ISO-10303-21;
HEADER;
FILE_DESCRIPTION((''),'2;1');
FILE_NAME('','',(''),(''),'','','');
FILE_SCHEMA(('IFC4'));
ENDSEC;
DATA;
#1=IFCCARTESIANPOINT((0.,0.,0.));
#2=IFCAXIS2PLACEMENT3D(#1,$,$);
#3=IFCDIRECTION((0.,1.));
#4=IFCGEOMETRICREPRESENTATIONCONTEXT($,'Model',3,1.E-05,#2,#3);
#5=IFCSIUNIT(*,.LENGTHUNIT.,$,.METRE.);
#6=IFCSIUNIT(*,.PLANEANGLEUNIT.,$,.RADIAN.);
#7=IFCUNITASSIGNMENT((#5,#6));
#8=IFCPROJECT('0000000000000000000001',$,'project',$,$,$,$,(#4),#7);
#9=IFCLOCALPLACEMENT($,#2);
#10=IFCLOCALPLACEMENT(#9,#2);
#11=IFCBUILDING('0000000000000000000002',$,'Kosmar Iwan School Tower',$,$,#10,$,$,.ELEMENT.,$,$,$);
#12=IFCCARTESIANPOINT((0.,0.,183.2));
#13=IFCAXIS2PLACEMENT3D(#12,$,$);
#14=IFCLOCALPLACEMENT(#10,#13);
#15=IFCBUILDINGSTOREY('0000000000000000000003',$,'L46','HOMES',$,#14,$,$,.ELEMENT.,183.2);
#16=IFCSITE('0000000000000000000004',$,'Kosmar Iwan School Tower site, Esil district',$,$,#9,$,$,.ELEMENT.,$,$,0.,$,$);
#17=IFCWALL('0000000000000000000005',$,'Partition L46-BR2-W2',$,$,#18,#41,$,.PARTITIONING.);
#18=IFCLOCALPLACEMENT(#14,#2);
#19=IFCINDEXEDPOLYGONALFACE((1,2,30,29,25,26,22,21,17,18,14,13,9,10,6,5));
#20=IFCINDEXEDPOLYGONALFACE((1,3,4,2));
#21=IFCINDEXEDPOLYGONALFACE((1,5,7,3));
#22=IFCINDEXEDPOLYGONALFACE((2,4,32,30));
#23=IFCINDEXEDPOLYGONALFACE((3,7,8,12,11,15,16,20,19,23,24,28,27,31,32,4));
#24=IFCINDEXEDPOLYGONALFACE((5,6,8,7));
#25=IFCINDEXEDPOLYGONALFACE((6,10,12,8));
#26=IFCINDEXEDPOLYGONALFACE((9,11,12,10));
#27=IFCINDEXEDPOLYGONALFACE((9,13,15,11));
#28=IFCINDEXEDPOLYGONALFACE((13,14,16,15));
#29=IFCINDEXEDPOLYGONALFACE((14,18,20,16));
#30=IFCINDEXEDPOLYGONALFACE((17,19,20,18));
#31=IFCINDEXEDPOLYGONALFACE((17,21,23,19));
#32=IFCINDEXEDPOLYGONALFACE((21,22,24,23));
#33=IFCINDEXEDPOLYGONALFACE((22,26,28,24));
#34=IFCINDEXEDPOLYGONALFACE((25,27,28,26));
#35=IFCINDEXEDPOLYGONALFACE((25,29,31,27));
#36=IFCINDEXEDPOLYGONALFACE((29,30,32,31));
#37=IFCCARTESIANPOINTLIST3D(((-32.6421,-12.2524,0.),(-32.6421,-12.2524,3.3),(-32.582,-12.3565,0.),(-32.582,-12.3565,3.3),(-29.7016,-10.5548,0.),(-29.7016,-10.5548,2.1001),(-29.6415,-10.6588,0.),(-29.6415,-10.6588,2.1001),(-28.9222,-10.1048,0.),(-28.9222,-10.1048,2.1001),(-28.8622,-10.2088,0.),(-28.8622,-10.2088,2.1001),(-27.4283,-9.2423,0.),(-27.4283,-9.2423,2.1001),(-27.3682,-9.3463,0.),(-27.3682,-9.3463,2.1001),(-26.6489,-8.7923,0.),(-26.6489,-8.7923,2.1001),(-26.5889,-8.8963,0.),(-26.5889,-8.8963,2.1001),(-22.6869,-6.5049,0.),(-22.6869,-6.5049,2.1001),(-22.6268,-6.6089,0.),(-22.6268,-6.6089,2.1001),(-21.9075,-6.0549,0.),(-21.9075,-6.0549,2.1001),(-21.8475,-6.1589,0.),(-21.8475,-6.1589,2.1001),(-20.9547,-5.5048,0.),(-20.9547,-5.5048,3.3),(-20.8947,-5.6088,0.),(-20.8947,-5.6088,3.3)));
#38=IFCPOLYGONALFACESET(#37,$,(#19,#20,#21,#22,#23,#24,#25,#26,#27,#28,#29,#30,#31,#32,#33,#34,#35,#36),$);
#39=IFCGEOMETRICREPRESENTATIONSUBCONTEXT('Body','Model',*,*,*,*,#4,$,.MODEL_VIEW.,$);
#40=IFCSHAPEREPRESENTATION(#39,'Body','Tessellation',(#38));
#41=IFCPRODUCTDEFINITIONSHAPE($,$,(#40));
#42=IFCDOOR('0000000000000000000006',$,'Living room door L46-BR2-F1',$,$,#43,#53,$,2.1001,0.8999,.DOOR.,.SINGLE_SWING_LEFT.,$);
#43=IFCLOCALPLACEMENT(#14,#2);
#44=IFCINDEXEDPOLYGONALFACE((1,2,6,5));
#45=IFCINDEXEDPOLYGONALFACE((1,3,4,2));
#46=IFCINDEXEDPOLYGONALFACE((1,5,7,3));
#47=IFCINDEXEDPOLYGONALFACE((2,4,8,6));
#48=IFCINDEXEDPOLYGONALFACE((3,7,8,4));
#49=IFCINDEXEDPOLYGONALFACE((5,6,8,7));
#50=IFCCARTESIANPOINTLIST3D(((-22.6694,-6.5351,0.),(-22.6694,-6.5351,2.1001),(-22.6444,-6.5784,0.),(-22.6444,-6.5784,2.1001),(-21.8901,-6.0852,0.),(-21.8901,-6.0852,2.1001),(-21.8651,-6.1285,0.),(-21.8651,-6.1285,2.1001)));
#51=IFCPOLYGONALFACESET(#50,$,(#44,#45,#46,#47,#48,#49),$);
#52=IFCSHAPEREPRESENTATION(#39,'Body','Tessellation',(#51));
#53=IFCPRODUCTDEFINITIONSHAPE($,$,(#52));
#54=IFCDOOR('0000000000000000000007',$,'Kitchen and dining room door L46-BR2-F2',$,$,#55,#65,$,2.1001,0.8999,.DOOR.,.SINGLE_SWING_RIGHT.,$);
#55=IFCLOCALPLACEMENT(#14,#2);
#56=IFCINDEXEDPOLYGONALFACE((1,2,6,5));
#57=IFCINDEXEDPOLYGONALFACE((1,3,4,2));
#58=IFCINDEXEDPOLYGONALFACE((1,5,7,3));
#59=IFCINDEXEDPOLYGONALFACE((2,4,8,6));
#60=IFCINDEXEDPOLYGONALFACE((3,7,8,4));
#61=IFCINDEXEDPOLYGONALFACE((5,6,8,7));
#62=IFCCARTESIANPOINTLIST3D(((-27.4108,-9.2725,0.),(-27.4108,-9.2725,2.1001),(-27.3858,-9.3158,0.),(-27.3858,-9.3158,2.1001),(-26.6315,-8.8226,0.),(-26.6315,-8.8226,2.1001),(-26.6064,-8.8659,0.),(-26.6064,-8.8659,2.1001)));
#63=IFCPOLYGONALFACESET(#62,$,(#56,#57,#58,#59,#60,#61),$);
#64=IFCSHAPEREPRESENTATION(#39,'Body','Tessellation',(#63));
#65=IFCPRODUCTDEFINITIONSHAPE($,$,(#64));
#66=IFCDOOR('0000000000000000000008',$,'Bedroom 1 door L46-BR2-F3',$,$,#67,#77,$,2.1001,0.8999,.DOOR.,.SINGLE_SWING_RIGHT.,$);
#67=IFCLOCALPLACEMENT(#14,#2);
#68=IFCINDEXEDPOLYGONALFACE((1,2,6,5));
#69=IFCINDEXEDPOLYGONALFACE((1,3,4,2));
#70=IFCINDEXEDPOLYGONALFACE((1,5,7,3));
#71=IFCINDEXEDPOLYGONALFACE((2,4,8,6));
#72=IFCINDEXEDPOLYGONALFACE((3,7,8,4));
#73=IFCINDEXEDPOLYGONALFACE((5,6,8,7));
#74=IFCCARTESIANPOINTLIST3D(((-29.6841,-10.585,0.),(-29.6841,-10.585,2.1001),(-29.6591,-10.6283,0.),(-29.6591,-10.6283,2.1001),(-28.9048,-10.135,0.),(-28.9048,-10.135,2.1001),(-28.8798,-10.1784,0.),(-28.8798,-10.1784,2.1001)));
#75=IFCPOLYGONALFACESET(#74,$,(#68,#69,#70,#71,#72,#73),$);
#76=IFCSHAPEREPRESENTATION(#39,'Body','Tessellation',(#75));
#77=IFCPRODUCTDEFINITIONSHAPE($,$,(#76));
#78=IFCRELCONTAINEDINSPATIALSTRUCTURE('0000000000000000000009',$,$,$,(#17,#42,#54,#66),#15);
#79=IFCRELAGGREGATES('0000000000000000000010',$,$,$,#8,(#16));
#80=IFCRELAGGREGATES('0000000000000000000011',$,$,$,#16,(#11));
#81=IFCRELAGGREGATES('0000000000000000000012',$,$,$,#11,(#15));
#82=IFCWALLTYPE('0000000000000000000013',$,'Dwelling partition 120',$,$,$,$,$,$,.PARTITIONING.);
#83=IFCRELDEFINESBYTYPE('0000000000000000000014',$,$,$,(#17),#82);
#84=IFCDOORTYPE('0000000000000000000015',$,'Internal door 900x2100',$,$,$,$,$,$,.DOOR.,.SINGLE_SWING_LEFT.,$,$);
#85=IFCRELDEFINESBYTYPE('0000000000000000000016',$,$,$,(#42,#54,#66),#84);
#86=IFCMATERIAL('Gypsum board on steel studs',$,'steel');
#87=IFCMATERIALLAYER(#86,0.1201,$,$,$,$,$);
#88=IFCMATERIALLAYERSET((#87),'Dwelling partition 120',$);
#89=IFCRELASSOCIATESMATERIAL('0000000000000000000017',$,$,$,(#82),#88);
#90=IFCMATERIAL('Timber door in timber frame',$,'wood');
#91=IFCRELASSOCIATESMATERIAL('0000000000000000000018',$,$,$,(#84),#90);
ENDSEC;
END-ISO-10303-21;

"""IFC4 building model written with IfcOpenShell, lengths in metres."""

from ifc_helpers import new_model, si_unit, direction, frame, frame_2d, origin, place, context, subcontext, project, spatial, rectangle, extrude, material, layer, layer_set, type_object, element, fill, save


model = new_model("IFC4")

# Units and contexts
model_context = context("Model", 3, precision=1e-05, world=origin(), true_north=direction((0.0, 1.0)))
body_context = subcontext(model_context, "Body", "Model", "MODEL_VIEW")
ifc_project = project(units=[si_unit("LENGTHUNIT", "METRE"), si_unit("PLANEANGLEUNIT", "RADIAN")], contexts=[model_context])

# Site, building, storey
site_placement = place(None, origin())
site = spatial("IfcSite", under=ifc_project, at=site_placement, Name="Kosmar Iwan School Tower site, Esil district", CompositionType="ELEMENT", RefElevation=0.0)
building_placement = place(site_placement, origin())
building = spatial("IfcBuilding", under=site, at=building_placement, Name="Kosmar Iwan School Tower", CompositionType="ELEMENT")
storey_placement = place(building_placement, frame((0.0, 0.0, 183.2)))
storey = spatial("IfcBuildingStorey", under=building, at=storey_placement, Name="L46", Description="HOMES", CompositionType="ELEMENT", Elevation=183.2)

# Shared definitions
ifc_material_1 = material(Name="Gypsum board on steel studs", Category="steel")
ifc_layer = layer(ifc_material_1, 0.1201)
ifc_layer_set = layer_set([ifc_layer], Name="Dwelling partition 120")
wall_type = type_object("IfcWallType", Name="Dwelling partition 120", PredefinedType="PARTITIONING", material=ifc_layer_set)

# Wall, openings, doors
wall_1_placement = place(storey_placement, frame((-20.9248, -5.5569, 0.0), z_axis=(0.0, 0.0, 1.0), x_axis=(-0.866028, -0.499995, 0.0)))
wall_1 = element("IfcWall", 1, at=wall_1_placement, inside=storey, type_object=wall_type, Name="Partition L46-BR2-W2", PredefinedType="PARTITIONING", context=body_context, shape_type="SweptSolid", body=[
    extrude(rectangle(XDim=13.4954, YDim=0.1201, at=frame_2d((6.7476, 0.0))), origin(), (0.0, 0.0, 1.0), 3.3),
])
opening_1_placement = place(wall_1_placement, frame((1.1001, 0.0, 0.0)))
opening_1 = element("IfcOpeningElement", 2, at=opening_1_placement, cuts=wall_1, PredefinedType="OPENING", context=body_context, shape_type="SweptSolid", body=[
    extrude(rectangle(XDim=0.8999, YDim=2.1001, at=frame_2d((0.45, 1.05))), frame((0.0, 0.072, 0.0), z_axis=(0.0, -1.0, 0.0), x_axis=(1.0, 0.0, 0.0)), (0.0, 0.0, 1.0), 0.144),
])
opening_2_placement = place(wall_1_placement, frame((6.575, 0.0, 0.0)))
opening_2 = element("IfcOpeningElement", 3, at=opening_2_placement, cuts=wall_1, PredefinedType="OPENING", context=body_context, shape_type="SweptSolid", body=[
    extrude(rectangle(XDim=0.8999, YDim=2.1001, at=frame_2d((0.45, 1.05))), frame((0.0, 0.072, 0.0), z_axis=(0.0, -1.0, 0.0), x_axis=(1.0, 0.0, 0.0)), (0.0, 0.0, 1.0), 0.144),
])
opening_3_placement = place(wall_1_placement, frame((9.2, 0.0, 0.0)))
opening_3 = element("IfcOpeningElement", 4, at=opening_3_placement, cuts=wall_1, PredefinedType="OPENING", context=body_context, shape_type="SweptSolid", body=[
    extrude(rectangle(XDim=0.8999, YDim=2.1001, at=frame_2d((0.45, 1.05))), frame((0.0, 0.072, 0.0), z_axis=(0.0, -1.0, 0.0), x_axis=(1.0, 0.0, 0.0)), (0.0, 0.0, 1.0), 0.144),
])
ifc_material_2 = material(Name="Timber door in timber frame", Category="wood")
door_type = type_object("IfcDoorType", Name="Internal door 900x2100", OperationType="SINGLE_SWING_LEFT", PredefinedType="DOOR", material=ifc_material_2)
door_1_placement = place(opening_1_placement, origin())
door_1 = element("IfcDoor", 5, at=door_1_placement, inside=storey, type_object=door_type, Name="Living room door L46-BR2-F1", OperationType="SINGLE_SWING_LEFT", OverallHeight=2.1001, OverallWidth=0.8999, PredefinedType="DOOR", context=body_context, shape_type="SweptSolid", body=[
    extrude(rectangle(XDim=0.8999, YDim=2.1001, at=frame_2d((0.45, 1.05))), frame((0.0, 0.0249, 0.0), z_axis=(0.0, -1.0, 0.0), x_axis=(1.0, 0.0, 0.0)), (0.0, 0.0, 1.0), 0.05),
])
fill(opening_1, door_1)
door_2_placement = place(opening_2_placement, origin())
door_2 = element("IfcDoor", 6, at=door_2_placement, inside=storey, type_object=door_type, Name="Kitchen and dining room door L46-BR2-F2", OperationType="SINGLE_SWING_RIGHT", OverallHeight=2.1001, OverallWidth=0.8999, PredefinedType="DOOR", context=body_context, shape_type="SweptSolid", body=[
    extrude(rectangle(XDim=0.8999, YDim=2.1001, at=frame_2d((0.45, 1.05))), frame((0.0, 0.0249, 0.0), z_axis=(0.0, -1.0, 0.0), x_axis=(1.0, 0.0, 0.0)), (0.0, 0.0, 1.0), 0.05),
])
fill(opening_2, door_2)
door_3_placement = place(opening_3_placement, origin())
door_3 = element("IfcDoor", 7, at=door_3_placement, inside=storey, type_object=door_type, Name="Bedroom 1 door L46-BR2-F3", OperationType="SINGLE_SWING_RIGHT", OverallHeight=2.1001, OverallWidth=0.8999, PredefinedType="DOOR", context=body_context, shape_type="SweptSolid", body=[
    extrude(rectangle(XDim=0.8999, YDim=2.1001, at=frame_2d((0.45, 1.05))), frame((0.0, 0.0249, 0.0), z_axis=(0.0, -1.0, 0.0), x_axis=(1.0, 0.0, 0.0)), (0.0, 0.0, 1.0), 0.05),
])
fill(opening_3, door_3)

save(model, "model.ifc")
